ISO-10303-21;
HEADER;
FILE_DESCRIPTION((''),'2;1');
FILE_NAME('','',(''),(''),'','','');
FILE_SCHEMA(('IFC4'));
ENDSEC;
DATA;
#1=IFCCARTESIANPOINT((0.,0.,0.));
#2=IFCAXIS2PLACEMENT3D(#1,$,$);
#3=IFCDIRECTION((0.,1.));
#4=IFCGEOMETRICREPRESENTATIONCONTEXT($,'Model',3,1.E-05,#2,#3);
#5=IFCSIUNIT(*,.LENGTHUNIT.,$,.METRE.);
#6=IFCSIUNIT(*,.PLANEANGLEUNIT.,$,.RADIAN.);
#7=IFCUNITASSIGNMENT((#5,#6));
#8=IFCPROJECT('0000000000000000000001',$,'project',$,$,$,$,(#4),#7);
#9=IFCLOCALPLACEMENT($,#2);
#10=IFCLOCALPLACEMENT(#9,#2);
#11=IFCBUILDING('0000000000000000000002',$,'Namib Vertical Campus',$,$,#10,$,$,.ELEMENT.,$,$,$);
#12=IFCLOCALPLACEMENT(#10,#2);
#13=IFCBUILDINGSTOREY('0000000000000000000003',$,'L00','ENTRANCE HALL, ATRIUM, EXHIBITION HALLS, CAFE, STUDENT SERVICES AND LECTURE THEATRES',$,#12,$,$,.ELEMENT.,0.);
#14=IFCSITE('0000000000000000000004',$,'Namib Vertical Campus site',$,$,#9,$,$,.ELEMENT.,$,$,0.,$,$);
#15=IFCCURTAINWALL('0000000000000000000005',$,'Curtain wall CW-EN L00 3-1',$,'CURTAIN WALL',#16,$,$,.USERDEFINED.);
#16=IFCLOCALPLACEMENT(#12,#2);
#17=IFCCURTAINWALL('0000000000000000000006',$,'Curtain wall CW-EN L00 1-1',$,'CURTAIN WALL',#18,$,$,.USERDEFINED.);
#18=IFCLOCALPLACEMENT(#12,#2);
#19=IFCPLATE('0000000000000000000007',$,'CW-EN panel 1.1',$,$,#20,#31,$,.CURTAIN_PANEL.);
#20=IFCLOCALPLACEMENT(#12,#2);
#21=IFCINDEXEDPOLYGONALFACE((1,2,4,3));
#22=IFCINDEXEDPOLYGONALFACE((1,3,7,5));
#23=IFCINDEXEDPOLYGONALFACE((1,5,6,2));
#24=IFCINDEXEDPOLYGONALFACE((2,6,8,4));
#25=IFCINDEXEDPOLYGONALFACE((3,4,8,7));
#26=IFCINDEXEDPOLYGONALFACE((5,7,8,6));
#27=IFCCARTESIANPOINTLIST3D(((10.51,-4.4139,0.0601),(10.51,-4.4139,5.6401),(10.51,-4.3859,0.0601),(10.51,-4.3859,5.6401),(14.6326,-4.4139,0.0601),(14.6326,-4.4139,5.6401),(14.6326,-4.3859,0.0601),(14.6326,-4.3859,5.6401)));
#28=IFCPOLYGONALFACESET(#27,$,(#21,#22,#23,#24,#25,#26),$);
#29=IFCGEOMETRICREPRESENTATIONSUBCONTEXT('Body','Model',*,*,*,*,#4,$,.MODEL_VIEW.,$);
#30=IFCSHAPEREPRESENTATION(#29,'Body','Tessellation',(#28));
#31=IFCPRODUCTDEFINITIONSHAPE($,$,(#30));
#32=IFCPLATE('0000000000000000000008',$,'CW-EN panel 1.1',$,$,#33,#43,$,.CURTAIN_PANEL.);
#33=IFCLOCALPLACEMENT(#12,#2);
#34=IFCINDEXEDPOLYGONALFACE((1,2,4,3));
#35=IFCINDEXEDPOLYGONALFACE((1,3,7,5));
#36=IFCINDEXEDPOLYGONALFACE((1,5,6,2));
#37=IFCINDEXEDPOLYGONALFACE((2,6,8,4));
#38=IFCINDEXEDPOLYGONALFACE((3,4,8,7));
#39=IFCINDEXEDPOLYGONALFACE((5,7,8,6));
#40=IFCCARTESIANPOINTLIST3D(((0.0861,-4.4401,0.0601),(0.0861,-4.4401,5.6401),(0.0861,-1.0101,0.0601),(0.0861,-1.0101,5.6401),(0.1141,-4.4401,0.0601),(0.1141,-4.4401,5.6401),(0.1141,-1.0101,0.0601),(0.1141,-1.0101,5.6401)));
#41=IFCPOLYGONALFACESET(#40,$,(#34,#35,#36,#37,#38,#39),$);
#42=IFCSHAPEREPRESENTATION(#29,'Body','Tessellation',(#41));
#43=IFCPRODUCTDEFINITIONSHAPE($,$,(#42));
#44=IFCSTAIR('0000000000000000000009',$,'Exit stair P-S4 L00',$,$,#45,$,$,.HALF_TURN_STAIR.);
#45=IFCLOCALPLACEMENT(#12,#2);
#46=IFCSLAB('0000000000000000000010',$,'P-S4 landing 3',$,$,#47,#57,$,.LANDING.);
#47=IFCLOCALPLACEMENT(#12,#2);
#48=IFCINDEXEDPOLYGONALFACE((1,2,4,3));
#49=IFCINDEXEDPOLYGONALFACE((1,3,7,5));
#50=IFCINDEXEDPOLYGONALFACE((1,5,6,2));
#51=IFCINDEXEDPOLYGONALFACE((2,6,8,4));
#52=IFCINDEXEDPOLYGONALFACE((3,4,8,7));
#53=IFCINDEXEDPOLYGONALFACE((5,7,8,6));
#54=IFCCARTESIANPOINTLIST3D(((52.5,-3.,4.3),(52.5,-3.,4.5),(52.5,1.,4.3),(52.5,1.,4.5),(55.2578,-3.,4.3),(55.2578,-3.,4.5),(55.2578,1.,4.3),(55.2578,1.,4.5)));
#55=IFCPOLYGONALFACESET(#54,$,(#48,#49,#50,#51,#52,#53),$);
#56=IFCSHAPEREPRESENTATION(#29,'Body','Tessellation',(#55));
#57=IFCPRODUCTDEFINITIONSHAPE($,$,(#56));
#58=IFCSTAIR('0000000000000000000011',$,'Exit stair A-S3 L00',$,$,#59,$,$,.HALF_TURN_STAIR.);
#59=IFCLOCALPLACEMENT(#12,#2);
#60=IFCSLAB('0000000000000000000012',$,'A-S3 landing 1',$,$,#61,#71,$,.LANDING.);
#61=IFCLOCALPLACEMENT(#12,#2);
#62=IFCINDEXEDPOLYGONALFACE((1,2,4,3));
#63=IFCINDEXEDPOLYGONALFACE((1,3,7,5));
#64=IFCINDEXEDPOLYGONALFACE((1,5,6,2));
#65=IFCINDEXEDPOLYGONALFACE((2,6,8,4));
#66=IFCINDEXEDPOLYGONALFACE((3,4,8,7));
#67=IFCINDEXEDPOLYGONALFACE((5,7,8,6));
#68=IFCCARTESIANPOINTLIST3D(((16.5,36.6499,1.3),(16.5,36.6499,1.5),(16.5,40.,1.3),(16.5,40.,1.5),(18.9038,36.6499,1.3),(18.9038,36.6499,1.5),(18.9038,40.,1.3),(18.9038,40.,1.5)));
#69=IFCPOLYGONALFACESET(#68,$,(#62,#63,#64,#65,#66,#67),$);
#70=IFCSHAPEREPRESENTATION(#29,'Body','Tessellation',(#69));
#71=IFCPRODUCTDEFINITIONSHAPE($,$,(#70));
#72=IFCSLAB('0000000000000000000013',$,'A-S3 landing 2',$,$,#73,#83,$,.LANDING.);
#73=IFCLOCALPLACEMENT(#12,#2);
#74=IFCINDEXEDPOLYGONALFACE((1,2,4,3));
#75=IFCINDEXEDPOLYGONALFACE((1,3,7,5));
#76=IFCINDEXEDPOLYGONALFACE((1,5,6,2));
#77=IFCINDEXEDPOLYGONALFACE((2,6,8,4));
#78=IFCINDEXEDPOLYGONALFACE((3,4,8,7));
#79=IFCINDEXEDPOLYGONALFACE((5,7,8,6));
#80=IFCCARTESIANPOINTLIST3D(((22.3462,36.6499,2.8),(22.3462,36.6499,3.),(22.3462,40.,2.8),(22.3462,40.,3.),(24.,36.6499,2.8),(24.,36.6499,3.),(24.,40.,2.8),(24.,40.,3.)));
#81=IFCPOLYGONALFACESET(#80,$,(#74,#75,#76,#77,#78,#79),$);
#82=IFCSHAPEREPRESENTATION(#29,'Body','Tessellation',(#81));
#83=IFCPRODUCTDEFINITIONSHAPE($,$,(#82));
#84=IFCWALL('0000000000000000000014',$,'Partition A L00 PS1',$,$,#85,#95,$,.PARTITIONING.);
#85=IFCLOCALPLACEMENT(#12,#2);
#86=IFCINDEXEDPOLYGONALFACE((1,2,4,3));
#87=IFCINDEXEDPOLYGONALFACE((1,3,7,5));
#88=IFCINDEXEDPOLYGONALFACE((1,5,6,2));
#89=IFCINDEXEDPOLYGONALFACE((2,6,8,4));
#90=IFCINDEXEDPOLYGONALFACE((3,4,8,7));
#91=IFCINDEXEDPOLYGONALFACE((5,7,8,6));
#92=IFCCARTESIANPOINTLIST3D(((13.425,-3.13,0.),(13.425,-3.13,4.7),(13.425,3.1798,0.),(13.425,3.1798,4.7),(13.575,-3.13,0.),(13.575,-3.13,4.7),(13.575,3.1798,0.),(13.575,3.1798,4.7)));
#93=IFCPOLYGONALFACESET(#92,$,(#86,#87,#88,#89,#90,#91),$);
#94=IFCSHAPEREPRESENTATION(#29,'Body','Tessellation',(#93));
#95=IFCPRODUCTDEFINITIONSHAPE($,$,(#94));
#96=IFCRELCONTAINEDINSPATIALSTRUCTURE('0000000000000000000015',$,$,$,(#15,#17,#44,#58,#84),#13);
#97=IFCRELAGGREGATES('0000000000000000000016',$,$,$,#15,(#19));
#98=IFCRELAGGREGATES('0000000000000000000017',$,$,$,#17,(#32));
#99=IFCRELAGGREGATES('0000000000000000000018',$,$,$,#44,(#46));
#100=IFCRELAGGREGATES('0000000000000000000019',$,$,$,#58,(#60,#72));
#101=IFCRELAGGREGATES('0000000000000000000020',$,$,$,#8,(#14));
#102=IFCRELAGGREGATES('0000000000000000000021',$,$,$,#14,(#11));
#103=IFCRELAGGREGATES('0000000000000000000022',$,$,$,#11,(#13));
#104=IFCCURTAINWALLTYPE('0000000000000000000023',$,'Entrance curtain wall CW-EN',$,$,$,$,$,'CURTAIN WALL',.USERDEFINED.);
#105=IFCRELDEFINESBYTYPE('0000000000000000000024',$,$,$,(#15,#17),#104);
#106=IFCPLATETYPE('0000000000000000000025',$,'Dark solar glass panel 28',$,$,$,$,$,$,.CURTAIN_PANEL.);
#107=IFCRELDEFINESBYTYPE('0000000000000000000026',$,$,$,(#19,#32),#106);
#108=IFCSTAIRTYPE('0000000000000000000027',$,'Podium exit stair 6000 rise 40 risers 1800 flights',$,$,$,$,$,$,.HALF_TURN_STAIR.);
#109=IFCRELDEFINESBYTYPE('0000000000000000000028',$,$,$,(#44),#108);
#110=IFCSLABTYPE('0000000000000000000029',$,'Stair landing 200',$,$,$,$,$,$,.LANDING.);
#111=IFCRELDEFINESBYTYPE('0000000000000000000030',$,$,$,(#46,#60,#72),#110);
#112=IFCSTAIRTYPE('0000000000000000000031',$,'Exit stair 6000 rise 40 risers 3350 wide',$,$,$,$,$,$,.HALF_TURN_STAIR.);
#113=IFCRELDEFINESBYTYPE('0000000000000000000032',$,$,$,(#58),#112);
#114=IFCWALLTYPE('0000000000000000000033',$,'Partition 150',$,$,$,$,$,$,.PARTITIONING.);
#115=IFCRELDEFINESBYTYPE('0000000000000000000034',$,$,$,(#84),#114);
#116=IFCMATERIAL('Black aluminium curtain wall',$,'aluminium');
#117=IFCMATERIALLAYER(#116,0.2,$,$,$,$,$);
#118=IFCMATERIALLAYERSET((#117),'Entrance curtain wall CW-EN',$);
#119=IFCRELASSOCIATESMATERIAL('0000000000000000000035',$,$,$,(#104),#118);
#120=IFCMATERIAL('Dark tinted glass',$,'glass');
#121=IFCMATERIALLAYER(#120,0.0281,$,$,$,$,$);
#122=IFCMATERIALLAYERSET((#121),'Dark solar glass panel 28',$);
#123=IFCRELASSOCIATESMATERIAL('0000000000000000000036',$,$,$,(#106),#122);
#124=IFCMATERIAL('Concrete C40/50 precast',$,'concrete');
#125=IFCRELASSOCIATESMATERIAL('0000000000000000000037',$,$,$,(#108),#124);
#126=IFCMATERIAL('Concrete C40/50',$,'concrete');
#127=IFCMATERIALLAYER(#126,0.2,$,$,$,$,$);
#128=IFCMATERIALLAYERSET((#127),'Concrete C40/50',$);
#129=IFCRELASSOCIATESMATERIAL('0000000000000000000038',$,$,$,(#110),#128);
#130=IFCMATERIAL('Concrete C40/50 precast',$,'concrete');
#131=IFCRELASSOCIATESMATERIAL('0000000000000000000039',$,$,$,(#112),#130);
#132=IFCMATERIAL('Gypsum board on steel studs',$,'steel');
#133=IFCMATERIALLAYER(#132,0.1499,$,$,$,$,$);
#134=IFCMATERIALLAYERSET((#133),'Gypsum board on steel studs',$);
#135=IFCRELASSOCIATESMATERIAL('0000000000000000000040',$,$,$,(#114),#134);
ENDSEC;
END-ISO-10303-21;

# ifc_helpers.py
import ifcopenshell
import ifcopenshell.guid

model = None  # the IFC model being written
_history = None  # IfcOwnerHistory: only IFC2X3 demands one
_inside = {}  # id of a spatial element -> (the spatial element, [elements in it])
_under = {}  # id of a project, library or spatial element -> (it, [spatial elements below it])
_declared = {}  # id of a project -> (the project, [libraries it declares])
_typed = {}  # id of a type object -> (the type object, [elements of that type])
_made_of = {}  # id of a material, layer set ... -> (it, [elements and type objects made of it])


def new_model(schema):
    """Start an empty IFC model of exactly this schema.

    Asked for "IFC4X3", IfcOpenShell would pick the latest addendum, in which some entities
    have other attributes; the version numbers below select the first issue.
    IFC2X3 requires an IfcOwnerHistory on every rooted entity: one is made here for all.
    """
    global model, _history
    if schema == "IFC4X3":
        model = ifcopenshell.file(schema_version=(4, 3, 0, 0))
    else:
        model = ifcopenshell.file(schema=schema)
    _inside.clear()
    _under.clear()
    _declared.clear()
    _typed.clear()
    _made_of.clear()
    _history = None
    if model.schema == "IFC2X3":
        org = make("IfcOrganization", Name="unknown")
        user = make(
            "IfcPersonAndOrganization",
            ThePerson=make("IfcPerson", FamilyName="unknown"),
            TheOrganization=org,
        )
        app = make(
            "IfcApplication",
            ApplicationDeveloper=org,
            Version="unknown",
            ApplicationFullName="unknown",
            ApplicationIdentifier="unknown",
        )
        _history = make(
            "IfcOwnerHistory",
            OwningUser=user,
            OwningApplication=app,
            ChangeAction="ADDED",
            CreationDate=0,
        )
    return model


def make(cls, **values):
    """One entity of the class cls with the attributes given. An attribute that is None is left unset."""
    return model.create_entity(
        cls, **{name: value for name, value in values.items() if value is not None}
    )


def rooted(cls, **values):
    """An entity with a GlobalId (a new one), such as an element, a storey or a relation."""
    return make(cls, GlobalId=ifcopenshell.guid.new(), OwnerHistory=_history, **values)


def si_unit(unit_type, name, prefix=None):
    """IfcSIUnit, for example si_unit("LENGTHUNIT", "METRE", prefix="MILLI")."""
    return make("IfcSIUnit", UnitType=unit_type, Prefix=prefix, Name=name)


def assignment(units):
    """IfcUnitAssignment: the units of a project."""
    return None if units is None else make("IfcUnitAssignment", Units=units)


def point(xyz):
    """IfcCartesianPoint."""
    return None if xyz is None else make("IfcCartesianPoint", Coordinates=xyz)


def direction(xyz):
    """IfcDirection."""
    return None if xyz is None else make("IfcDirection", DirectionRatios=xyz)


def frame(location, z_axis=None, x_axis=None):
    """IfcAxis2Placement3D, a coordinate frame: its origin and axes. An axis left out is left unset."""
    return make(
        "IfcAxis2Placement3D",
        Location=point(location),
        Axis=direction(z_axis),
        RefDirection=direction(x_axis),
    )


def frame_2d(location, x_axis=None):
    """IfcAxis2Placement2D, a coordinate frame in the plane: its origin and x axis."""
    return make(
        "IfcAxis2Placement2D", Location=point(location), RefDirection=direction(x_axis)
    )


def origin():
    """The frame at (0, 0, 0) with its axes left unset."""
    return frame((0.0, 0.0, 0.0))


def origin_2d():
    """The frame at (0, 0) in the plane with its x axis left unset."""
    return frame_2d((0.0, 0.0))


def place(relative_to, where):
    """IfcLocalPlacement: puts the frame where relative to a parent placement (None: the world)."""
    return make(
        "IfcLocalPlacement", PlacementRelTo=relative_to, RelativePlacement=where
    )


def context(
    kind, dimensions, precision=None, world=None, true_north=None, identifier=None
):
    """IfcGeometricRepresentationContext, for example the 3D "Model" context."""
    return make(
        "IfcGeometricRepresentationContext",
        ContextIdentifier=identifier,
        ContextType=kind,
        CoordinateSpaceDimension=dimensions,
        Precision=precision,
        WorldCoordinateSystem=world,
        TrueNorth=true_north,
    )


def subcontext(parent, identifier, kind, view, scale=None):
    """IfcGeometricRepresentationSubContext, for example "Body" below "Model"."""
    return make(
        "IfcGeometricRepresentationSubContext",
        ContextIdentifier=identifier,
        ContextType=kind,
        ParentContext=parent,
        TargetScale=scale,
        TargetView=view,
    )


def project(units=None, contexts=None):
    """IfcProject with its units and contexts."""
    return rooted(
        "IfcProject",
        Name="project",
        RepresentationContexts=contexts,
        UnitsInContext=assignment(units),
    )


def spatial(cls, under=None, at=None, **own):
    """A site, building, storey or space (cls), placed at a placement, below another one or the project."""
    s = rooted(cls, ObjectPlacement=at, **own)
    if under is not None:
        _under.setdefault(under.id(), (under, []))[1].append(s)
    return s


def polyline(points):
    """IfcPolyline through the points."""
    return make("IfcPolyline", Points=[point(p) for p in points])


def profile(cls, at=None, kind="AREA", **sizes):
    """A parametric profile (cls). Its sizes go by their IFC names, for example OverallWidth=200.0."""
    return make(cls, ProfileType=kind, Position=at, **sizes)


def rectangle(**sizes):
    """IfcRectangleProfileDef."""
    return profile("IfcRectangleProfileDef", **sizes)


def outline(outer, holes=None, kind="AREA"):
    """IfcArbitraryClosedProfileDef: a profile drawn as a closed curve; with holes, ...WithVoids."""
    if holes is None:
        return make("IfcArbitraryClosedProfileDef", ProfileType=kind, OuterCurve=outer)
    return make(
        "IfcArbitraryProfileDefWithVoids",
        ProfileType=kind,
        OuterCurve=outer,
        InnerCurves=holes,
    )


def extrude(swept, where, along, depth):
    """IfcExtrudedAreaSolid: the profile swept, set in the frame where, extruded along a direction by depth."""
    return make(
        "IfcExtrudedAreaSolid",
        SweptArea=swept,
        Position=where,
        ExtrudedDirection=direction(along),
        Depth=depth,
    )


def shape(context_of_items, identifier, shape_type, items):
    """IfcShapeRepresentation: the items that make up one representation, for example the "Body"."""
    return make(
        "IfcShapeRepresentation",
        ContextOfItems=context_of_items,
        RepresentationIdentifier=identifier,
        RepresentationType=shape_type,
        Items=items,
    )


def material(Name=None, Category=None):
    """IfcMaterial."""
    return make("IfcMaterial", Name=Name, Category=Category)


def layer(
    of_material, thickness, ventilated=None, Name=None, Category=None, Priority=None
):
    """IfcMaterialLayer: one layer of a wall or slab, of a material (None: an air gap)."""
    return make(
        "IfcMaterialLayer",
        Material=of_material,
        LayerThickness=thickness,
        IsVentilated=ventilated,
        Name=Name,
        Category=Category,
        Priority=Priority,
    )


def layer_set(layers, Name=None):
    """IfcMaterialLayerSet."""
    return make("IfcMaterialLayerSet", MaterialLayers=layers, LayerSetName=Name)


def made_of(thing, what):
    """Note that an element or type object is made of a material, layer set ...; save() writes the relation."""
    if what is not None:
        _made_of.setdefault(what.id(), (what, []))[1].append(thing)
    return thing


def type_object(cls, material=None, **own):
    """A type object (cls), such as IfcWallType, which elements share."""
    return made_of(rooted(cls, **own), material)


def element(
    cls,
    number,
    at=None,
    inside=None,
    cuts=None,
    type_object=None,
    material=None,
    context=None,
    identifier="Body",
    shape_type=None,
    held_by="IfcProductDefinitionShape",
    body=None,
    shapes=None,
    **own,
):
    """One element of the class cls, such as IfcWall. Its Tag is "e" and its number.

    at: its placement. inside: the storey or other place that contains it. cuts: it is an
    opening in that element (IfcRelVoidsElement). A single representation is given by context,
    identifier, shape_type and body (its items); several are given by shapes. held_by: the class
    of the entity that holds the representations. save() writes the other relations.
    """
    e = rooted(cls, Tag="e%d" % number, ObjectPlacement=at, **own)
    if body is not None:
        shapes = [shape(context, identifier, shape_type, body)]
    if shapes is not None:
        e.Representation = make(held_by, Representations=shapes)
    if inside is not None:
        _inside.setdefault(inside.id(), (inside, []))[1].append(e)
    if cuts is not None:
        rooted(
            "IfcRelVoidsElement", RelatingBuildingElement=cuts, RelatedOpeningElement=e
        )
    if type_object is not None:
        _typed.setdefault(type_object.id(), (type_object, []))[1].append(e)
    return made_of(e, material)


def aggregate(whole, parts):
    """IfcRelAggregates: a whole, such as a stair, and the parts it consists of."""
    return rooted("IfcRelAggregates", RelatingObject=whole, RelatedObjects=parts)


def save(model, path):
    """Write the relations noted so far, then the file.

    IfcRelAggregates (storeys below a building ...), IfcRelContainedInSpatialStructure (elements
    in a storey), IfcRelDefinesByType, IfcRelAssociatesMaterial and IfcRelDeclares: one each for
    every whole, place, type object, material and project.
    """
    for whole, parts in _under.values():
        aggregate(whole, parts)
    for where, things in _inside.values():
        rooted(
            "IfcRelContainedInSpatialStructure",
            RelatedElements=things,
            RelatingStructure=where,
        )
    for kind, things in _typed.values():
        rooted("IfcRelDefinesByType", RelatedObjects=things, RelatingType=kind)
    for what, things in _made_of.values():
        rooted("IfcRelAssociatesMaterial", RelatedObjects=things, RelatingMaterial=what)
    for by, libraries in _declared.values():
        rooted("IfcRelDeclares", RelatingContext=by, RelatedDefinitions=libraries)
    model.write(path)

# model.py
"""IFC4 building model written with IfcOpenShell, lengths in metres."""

from ifc_helpers import new_model, si_unit, direction, frame, frame_2d, origin, origin_2d, place, context, subcontext, project, spatial, polyline, rectangle, outline, extrude, material, layer, layer_set, type_object, element, aggregate, save


model = new_model("IFC4")

# Units and contexts
model_context = context("Model", 3, precision=1e-05, world=origin(), true_north=direction((0.0, 1.0)))
body_context = subcontext(model_context, "Body", "Model", "MODEL_VIEW")
ifc_project = project(units=[si_unit("LENGTHUNIT", "METRE"), si_unit("PLANEANGLEUNIT", "RADIAN")], contexts=[model_context])

# Site, building, storey
site_placement = place(None, origin())
site = spatial("IfcSite", under=ifc_project, at=site_placement, Name="Namib Vertical Campus site", CompositionType="ELEMENT", RefElevation=0.0)
building_placement = place(site_placement, origin())
building = spatial("IfcBuilding", under=site, at=building_placement, Name="Namib Vertical Campus", CompositionType="ELEMENT")
storey_placement = place(building_placement, origin())
storey = spatial("IfcBuildingStorey", under=building, at=storey_placement, Name="L00", Description="ENTRANCE HALL, ATRIUM, EXHIBITION HALLS, CAFE, STUDENT SERVICES AND LECTURE THEATRES", CompositionType="ELEMENT", Elevation=0.0)

# Shared definitions
ifc_material_1 = material(Name="Black aluminium curtain wall", Category="aluminium")
ifc_layer_1 = layer(ifc_material_1, 0.2)
ifc_layer_set_1 = layer_set([ifc_layer_1], Name="Entrance curtain wall CW-EN")
curtain_wall_type = type_object("IfcCurtainWallType", Name="Entrance curtain wall CW-EN", ElementType="CURTAIN WALL", PredefinedType="USERDEFINED", material=ifc_layer_set_1)

# Curtain wall
curtain_wall_1_placement = place(storey_placement, origin())
curtain_wall_1 = element("IfcCurtainWall", 1, at=curtain_wall_1_placement, inside=storey, type_object=curtain_wall_type, Name="Curtain wall CW-EN L00 3-1", ObjectType="CURTAIN WALL", PredefinedType="USERDEFINED")

# Curtain wall
curtain_wall_2_placement = place(storey_placement, origin())
curtain_wall_2 = element("IfcCurtainWall", 2, at=curtain_wall_2_placement, inside=storey, type_object=curtain_wall_type, Name="Curtain wall CW-EN L00 1-1", ObjectType="CURTAIN WALL", PredefinedType="USERDEFINED")

# Plates
ifc_material_2 = material(Name="Dark tinted glass", Category="glass")
ifc_layer_2 = layer(ifc_material_2, 0.0281)
ifc_layer_set_2 = layer_set([ifc_layer_2], Name="Dark solar glass panel 28")
plate_type = type_object("IfcPlateType", Name="Dark solar glass panel 28", PredefinedType="CURTAIN_PANEL", material=ifc_layer_set_2)
plate_1_placement = place(storey_placement, frame((12.5713, -4.3999, 0.0601), z_axis=(0.0, 0.0, 1.0), x_axis=(1.0, 0.0, 0.0)))
plate_1 = element("IfcPlate", 3, at=plate_1_placement, type_object=plate_type, Name="CW-EN panel 1.1", PredefinedType="CURTAIN_PANEL", context=body_context, shape_type="SweptSolid", body=[
    extrude(rectangle(XDim=4.1226, YDim=0.0281, at=origin_2d()), origin(), (0.0, 0.0, 1.0), 5.5801),
])
aggregate(curtain_wall_1, [plate_1])
plate_2_placement = place(storey_placement, frame((0.1001, -2.7251, 0.0601), z_axis=(0.0, 0.0, 1.0), x_axis=(0.0, -1.0, 0.0)))
plate_2 = element("IfcPlate", 4, at=plate_2_placement, type_object=plate_type, Name="CW-EN panel 1.1", PredefinedType="CURTAIN_PANEL", context=body_context, shape_type="SweptSolid", body=[
    extrude(rectangle(XDim=3.4299, YDim=0.0281, at=origin_2d()), origin(), (0.0, 0.0, 1.0), 5.5801),
])
aggregate(curtain_wall_2, [plate_2])

# Stair, slab
ifc_material_3 = material(Name="Concrete C40/50 precast", Category="concrete")
stair_type_1 = type_object("IfcStairType", Name="Podium exit stair 6000 rise 40 risers 1800 flights", PredefinedType="HALF_TURN_STAIR", material=ifc_material_3)
stair_1_placement = place(storey_placement, origin())
stair_1 = element("IfcStair", 5, at=stair_1_placement, inside=storey, type_object=stair_type_1, Name="Exit stair P-S4 L00", PredefinedType="HALF_TURN_STAIR")
ifc_material_4 = material(Name="Concrete C40/50", Category="concrete")
ifc_layer_3 = layer(ifc_material_4, 0.2)
ifc_layer_set_3 = layer_set([ifc_layer_3], Name="Concrete C40/50")
slab_type = type_object("IfcSlabType", Name="Stair landing 200", PredefinedType="LANDING", material=ifc_layer_set_3)
slab_1_placement = place(storey_placement, frame((0.0, 0.0, 4.3)))
slab_1 = element("IfcSlab", 6, at=slab_1_placement, type_object=slab_type, Name="P-S4 landing 3", PredefinedType="LANDING", context=body_context, shape_type="SweptSolid", body=[
    extrude(outline(polyline([(52.5, -3.0), (52.5, 1.0), (55.2578, 1.0), (55.2578, -3.0), (52.5, -3.0)])), origin(), (0.0, 0.0, 1.0), 0.2),
])
aggregate(stair_1, [slab_1])

# Stair, slabs
ifc_material_5 = material(Name="Concrete C40/50 precast", Category="concrete")
stair_type_2 = type_object("IfcStairType", Name="Exit stair 6000 rise 40 risers 3350 wide", PredefinedType="HALF_TURN_STAIR", material=ifc_material_5)
stair_2_placement = place(storey_placement, origin())
stair_2 = element("IfcStair", 7, at=stair_2_placement, inside=storey, type_object=stair_type_2, Name="Exit stair A-S3 L00", PredefinedType="HALF_TURN_STAIR")
slab_2_placement = place(storey_placement, frame((0.0, 0.0, 1.3)))
slab_2 = element("IfcSlab", 8, at=slab_2_placement, type_object=slab_type, Name="A-S3 landing 1", PredefinedType="LANDING", context=body_context, shape_type="SweptSolid", body=[
    extrude(outline(polyline([(16.5, 36.6499), (16.5, 40.0), (18.9038, 40.0), (18.9038, 36.6499), (16.5, 36.6499)])), origin(), (0.0, 0.0, 1.0), 0.2),
])
slab_3_placement = place(storey_placement, frame((0.0, 0.0, 2.8)))
slab_3 = element("IfcSlab", 9, at=slab_3_placement, type_object=slab_type, Name="A-S3 landing 2", PredefinedType="LANDING", context=body_context, shape_type="SweptSolid", body=[
    extrude(outline(polyline([(22.3462, 36.6499), (22.3462, 40.0), (24.0, 40.0), (24.0, 36.6499), (22.3462, 36.6499)])), origin(), (0.0, 0.0, 1.0), 0.2),
])
aggregate(stair_2, [slab_2, slab_3])

# Wall
ifc_material_6 = material(Name="Gypsum board on steel studs", Category="steel")
ifc_layer_4 = layer(ifc_material_6, 0.1499)
ifc_layer_set_4 = layer_set([ifc_layer_4], Name="Gypsum board on steel studs")
wall_type_1 = type_object("IfcWallType", Name="Partition 150", PredefinedType="PARTITIONING", material=ifc_layer_set_4)
wall_1_placement = place(storey_placement, frame((13.5, -3.1299, 0.0), z_axis=(0.0, 0.0, 1.0), x_axis=(0.0, 1.0, 0.0)))
element("IfcWall", 10, at=wall_1_placement, inside=storey, type_object=wall_type_1, Name="Partition A L00 PS1", PredefinedType="PARTITIONING", context=body_context, shape_type="SweptSolid", body=[
    extrude(rectangle(XDim=6.3098, YDim=0.1499, at=frame_2d((3.1548, 0.0))), origin(), (0.0, 0.0, 1.0), 4.7),
])

save(model, "model.ifc")
